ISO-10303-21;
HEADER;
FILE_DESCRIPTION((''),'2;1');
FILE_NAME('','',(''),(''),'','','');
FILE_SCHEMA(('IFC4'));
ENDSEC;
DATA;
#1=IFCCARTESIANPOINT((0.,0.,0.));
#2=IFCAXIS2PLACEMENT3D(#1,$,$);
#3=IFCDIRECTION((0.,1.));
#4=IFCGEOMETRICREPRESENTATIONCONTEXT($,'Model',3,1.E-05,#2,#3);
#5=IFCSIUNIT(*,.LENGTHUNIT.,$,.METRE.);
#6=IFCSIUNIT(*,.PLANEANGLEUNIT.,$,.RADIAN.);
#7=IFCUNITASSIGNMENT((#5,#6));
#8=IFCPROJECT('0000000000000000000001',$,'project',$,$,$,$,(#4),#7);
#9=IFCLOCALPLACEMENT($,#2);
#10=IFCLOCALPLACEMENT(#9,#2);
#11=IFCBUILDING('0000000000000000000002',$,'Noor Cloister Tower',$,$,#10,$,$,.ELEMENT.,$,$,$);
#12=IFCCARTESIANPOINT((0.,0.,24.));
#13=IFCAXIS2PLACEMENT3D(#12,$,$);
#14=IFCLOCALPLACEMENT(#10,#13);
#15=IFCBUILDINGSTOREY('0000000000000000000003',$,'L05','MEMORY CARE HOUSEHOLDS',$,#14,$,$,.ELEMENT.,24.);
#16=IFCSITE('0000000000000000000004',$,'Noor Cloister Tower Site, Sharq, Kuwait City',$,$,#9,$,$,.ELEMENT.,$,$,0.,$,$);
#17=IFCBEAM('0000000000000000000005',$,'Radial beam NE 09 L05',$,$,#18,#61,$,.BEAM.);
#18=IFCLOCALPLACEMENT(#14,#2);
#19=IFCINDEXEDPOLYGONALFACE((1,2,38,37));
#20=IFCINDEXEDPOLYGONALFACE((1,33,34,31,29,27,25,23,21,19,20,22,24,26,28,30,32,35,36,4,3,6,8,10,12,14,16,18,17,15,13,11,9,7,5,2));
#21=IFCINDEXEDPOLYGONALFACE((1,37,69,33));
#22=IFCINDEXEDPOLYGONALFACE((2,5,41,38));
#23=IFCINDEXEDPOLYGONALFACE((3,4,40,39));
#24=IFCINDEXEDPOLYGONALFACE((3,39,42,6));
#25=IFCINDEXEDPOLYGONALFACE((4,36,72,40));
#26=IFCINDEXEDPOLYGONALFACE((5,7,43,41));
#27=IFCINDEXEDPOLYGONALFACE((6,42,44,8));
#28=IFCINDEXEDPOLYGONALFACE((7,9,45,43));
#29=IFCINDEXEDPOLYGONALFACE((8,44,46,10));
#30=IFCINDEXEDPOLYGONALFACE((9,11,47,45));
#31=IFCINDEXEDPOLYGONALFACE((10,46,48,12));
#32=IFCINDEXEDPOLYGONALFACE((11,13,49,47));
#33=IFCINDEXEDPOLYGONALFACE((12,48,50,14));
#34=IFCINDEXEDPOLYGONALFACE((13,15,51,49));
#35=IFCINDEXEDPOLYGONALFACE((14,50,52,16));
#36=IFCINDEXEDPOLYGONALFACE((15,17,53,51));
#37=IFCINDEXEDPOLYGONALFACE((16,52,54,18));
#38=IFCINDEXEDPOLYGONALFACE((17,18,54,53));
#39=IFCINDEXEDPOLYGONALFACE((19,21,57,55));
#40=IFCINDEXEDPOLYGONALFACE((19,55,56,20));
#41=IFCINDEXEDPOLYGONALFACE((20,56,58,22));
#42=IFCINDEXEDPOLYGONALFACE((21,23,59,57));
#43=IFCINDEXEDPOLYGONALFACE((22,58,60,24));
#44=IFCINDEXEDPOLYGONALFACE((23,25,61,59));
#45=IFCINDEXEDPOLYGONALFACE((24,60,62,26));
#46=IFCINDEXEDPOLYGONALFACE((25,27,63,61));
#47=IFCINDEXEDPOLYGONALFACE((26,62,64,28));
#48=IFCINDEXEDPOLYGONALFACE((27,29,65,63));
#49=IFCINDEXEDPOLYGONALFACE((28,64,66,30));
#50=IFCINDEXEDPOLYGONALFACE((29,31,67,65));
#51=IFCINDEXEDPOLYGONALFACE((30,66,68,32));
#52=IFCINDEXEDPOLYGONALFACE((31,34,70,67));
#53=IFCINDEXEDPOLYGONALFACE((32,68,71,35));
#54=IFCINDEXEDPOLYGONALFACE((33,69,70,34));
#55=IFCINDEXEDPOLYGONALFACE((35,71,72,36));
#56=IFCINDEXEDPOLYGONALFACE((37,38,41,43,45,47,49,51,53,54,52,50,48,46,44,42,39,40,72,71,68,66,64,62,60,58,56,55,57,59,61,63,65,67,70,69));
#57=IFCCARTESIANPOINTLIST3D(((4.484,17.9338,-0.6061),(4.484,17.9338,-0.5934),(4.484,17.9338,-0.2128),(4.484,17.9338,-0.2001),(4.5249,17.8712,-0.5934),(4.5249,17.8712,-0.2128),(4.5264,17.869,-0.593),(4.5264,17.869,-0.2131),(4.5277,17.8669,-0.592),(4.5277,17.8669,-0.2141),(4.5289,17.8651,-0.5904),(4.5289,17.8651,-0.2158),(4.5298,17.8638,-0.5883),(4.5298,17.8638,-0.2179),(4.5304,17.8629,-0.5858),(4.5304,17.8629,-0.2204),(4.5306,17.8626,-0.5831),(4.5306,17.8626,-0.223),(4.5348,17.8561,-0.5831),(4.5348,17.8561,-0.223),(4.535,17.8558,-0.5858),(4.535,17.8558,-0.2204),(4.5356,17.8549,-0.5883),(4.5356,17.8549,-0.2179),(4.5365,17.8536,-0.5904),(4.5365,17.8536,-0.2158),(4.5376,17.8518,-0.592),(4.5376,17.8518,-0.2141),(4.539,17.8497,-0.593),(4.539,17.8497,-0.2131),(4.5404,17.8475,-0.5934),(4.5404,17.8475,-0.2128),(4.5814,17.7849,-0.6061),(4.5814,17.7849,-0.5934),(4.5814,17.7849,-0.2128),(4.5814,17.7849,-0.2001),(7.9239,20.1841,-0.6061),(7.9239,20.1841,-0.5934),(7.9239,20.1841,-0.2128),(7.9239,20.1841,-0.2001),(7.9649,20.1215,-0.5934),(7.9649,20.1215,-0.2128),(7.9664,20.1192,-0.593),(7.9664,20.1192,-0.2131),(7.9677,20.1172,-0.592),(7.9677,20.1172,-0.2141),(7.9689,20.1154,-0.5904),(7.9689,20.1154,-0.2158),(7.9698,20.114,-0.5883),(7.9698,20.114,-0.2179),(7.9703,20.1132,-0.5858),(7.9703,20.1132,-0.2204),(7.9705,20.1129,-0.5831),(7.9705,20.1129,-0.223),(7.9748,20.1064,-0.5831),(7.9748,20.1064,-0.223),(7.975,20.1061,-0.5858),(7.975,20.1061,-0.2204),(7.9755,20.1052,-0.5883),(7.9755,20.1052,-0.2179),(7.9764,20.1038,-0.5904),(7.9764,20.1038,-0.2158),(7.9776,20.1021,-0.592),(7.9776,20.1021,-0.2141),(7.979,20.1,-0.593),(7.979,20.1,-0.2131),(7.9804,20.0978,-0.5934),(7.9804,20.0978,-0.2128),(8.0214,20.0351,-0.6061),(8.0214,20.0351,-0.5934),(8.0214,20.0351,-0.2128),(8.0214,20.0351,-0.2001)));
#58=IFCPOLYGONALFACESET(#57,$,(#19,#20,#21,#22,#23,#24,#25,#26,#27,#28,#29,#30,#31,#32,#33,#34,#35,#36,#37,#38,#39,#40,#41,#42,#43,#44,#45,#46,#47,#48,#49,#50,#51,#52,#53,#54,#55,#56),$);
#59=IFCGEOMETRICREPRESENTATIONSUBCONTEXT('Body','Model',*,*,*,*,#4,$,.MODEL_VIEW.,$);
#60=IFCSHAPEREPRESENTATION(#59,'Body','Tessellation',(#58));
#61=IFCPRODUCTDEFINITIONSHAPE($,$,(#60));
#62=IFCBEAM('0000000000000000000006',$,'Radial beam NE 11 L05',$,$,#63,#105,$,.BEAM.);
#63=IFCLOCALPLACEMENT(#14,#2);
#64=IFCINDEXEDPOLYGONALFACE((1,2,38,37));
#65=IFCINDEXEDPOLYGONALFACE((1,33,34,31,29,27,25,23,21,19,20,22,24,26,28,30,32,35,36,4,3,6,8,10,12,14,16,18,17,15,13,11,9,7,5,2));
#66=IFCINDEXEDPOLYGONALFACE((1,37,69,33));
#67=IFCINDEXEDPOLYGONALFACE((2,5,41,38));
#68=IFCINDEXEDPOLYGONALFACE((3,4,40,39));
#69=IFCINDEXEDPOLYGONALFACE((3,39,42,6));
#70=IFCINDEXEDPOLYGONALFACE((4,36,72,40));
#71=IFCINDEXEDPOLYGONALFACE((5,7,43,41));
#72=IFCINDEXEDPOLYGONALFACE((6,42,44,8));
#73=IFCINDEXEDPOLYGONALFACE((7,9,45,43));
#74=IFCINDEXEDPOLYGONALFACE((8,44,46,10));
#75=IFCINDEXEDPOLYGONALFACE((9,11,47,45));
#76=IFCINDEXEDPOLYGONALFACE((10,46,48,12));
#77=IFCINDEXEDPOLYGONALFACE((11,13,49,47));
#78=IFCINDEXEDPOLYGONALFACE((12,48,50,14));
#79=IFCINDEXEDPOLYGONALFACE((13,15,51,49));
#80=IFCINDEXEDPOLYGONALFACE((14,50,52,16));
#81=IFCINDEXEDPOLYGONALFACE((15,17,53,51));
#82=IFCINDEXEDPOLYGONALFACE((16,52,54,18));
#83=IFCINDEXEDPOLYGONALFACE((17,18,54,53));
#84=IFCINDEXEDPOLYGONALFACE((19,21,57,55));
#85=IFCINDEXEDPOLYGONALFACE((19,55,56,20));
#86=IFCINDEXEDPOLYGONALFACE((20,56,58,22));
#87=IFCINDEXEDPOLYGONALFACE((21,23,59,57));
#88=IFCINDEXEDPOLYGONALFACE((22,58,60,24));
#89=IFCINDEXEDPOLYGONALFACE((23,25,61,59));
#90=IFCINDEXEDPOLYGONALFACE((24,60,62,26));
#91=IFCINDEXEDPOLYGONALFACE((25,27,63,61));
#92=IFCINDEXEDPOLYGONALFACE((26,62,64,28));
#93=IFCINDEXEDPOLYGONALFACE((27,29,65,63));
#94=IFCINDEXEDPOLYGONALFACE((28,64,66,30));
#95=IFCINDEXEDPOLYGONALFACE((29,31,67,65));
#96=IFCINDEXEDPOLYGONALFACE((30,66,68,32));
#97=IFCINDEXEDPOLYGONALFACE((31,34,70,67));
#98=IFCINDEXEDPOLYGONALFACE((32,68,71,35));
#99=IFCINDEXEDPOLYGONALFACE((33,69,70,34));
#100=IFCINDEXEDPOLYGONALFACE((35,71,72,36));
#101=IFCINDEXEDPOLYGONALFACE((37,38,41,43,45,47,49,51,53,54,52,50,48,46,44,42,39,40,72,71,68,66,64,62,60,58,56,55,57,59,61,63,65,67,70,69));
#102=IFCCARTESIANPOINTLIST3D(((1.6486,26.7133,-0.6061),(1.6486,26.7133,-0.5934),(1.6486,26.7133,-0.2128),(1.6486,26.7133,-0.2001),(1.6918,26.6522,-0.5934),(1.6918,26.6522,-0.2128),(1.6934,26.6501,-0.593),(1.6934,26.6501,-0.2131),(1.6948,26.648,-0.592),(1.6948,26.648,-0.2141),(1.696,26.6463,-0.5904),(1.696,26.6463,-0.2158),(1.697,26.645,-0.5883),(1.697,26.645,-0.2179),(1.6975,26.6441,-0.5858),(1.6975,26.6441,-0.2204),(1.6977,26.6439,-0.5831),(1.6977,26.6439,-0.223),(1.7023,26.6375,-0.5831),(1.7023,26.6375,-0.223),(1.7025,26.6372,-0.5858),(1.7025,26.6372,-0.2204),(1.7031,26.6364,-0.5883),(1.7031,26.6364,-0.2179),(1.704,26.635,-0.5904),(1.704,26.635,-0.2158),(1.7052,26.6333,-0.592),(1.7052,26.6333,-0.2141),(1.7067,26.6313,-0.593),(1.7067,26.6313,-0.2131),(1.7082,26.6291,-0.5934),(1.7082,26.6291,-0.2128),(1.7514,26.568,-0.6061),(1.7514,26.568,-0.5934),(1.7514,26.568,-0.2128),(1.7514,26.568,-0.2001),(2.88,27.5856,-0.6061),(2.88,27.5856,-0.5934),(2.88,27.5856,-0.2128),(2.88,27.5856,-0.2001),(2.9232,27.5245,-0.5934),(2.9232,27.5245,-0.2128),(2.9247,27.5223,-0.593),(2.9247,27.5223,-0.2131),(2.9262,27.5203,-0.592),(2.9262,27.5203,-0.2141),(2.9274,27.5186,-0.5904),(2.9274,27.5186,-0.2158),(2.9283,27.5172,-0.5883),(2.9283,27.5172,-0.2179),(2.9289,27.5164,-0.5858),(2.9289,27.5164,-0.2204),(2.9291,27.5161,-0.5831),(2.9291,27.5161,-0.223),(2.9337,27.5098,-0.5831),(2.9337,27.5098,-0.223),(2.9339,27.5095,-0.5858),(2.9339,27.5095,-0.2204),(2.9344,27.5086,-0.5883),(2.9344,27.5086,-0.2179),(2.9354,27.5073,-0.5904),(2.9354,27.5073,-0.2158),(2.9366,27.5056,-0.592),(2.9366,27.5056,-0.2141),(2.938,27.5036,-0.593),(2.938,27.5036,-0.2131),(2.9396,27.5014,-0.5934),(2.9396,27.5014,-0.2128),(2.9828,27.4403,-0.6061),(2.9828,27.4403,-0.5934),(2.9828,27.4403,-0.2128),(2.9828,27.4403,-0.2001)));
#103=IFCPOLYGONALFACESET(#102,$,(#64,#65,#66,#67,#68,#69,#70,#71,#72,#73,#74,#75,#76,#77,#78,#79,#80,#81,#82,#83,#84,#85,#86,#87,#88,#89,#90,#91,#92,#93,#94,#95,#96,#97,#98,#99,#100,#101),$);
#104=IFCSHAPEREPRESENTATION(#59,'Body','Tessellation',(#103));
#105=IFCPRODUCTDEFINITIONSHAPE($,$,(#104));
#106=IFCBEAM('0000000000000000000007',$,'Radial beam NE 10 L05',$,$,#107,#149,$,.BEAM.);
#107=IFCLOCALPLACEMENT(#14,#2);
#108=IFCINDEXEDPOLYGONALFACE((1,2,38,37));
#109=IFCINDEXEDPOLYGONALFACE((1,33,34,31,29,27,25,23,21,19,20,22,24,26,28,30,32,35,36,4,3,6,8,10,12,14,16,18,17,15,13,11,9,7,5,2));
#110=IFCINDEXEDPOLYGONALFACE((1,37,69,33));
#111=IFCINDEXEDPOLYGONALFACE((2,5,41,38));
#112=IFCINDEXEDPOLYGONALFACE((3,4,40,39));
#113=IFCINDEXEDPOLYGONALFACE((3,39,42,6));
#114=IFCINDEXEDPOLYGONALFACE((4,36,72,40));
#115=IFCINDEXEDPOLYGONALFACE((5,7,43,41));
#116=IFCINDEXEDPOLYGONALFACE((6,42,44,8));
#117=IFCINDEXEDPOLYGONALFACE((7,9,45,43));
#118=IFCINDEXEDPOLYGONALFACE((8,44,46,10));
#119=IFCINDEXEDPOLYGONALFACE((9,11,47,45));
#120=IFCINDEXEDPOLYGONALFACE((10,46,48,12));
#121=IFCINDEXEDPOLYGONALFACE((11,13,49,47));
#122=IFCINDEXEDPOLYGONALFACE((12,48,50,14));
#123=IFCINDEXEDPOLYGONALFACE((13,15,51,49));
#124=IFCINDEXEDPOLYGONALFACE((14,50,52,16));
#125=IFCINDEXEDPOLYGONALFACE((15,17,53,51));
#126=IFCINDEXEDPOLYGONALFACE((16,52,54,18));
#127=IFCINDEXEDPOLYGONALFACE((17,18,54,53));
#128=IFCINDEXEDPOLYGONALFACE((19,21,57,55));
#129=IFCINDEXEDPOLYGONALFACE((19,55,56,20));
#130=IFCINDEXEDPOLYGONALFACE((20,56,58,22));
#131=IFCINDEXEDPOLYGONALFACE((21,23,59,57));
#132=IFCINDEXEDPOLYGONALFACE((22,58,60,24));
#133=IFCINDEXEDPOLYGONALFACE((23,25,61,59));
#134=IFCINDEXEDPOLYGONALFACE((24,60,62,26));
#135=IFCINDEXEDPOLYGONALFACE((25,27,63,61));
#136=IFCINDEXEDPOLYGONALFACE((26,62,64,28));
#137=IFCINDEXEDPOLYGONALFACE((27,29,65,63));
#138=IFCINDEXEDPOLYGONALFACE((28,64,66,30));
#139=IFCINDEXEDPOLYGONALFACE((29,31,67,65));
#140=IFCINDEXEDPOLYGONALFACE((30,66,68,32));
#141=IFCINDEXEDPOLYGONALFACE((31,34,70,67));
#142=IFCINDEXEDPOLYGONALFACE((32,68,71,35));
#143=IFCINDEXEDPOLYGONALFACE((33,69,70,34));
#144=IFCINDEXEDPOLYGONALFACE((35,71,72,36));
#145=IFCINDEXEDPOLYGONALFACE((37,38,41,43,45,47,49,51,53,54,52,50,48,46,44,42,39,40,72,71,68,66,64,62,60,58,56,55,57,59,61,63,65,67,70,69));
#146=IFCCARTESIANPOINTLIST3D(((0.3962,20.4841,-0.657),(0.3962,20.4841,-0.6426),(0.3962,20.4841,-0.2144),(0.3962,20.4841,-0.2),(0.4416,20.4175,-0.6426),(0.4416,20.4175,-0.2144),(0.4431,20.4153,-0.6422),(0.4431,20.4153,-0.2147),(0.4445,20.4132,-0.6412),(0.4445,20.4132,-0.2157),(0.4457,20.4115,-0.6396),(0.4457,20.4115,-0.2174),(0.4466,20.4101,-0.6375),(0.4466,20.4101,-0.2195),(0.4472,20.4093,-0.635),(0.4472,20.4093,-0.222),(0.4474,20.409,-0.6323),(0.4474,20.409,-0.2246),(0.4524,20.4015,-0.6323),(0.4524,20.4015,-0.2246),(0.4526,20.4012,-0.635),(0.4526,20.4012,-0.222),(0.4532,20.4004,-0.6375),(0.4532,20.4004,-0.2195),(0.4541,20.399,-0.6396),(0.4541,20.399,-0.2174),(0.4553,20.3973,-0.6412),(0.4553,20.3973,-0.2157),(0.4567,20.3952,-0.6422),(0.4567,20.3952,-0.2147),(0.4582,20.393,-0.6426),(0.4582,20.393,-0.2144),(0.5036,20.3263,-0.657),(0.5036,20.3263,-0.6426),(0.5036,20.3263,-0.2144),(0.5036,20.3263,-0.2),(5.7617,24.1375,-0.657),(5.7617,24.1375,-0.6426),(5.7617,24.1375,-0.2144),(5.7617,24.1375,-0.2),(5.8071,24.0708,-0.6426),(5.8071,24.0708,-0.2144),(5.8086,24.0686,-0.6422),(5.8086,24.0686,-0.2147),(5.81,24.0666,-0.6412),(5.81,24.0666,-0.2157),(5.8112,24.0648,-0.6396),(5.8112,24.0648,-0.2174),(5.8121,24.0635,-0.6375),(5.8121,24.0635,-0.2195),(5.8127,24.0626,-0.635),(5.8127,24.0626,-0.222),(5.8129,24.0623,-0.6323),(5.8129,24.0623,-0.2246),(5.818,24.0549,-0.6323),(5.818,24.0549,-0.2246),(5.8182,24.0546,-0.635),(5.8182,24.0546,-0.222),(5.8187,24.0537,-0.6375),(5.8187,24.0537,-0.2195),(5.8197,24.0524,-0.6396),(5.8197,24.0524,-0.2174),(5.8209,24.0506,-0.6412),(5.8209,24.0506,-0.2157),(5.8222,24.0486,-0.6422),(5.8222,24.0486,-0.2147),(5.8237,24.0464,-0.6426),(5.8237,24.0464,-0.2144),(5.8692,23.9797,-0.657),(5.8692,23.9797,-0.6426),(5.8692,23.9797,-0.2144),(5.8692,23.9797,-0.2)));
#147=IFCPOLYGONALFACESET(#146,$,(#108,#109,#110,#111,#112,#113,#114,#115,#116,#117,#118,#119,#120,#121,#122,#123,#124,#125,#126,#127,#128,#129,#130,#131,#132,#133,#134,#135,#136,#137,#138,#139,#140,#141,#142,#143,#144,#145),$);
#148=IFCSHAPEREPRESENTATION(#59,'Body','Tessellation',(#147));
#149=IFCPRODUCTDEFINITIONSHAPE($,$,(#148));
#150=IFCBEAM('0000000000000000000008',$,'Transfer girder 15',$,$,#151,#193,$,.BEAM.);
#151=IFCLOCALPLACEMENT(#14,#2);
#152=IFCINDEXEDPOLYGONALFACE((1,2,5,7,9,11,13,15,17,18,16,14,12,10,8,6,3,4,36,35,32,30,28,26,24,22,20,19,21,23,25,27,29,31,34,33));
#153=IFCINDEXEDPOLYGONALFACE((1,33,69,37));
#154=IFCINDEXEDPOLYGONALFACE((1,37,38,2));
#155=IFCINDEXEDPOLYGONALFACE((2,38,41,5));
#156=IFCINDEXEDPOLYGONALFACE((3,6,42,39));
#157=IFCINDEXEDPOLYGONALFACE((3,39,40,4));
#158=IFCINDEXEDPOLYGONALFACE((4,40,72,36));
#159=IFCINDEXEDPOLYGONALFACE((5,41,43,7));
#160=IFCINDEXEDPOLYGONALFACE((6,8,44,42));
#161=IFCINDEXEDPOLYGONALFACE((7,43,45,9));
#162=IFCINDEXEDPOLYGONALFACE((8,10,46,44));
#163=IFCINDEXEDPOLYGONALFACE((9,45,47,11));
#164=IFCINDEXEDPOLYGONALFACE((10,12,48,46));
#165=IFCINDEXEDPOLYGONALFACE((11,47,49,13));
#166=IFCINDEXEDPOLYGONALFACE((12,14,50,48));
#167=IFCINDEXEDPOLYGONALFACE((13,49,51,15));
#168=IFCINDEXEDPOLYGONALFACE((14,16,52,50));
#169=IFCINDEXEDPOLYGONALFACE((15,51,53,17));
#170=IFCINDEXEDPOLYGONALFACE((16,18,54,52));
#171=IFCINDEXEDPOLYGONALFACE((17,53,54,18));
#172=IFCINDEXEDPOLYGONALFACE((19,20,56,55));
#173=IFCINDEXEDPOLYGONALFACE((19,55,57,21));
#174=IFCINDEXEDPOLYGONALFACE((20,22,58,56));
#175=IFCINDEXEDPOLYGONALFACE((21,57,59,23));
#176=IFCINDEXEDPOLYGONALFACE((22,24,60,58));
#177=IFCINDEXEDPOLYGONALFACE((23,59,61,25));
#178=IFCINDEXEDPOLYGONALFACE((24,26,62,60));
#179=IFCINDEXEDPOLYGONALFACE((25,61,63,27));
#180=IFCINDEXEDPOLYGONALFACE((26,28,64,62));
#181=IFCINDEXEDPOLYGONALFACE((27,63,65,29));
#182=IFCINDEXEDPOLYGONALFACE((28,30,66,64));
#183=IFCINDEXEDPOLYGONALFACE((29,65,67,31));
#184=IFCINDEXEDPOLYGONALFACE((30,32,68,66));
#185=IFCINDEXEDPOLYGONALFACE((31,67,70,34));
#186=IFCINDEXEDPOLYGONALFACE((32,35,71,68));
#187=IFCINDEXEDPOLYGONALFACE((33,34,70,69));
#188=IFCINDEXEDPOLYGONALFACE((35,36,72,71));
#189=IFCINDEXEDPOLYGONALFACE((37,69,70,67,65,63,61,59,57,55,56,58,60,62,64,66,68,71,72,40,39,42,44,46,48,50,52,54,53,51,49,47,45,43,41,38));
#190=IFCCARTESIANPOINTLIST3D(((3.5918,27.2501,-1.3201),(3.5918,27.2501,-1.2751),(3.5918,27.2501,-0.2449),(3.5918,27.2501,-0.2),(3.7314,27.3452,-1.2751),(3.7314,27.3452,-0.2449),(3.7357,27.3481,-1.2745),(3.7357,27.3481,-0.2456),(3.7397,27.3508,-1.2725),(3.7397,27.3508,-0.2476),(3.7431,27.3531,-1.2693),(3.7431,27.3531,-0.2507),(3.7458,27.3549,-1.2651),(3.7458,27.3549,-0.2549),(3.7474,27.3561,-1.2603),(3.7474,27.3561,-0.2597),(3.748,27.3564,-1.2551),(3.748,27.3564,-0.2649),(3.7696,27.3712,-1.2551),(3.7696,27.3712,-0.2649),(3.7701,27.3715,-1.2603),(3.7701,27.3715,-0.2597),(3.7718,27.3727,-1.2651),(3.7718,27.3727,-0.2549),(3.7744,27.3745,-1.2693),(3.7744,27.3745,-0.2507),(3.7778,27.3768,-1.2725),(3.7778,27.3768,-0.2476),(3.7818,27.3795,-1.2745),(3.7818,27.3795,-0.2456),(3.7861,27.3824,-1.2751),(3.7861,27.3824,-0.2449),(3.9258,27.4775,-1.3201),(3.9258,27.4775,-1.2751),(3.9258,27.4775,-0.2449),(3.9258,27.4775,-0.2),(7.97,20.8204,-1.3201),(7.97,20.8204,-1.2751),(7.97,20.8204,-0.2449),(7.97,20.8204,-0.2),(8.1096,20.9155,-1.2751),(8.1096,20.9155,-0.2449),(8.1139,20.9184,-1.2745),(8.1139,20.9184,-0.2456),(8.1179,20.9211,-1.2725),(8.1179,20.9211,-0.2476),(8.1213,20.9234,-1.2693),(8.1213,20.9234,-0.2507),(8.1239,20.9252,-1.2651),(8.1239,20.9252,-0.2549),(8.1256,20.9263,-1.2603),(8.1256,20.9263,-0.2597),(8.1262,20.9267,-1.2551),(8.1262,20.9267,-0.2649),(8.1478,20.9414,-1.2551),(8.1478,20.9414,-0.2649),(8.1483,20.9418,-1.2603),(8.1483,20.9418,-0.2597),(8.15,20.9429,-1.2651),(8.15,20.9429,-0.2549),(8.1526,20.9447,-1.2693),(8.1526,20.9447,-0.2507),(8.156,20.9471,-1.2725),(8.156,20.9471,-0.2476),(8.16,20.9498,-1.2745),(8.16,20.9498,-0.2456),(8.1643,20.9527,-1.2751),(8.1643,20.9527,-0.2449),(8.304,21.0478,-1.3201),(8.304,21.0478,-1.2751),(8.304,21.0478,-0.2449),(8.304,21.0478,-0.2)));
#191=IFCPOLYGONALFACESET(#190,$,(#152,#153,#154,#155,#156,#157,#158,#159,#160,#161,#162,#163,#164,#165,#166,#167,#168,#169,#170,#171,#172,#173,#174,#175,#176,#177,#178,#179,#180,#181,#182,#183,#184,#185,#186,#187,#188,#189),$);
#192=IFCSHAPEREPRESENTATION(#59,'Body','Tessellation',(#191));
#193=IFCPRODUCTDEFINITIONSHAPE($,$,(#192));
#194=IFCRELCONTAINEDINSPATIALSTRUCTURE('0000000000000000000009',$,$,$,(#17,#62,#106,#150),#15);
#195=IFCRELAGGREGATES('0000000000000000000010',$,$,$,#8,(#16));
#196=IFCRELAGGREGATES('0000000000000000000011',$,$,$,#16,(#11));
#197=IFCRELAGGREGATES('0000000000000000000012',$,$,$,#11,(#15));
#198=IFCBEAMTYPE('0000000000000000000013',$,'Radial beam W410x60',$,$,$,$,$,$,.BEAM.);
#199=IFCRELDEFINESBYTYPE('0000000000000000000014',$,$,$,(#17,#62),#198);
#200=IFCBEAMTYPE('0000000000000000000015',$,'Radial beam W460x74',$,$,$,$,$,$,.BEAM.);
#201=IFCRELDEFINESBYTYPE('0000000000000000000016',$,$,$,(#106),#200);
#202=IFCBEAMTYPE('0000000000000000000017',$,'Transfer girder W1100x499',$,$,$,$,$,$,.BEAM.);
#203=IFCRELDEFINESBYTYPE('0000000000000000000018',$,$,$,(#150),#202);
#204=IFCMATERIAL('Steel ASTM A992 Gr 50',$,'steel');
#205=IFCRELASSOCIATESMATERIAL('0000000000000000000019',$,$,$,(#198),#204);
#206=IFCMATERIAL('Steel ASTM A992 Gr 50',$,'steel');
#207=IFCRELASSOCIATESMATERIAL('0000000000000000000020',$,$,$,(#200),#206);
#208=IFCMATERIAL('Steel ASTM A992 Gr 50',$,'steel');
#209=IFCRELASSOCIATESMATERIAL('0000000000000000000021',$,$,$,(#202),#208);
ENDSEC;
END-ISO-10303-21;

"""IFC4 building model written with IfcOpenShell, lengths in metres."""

from ifc_helpers import new_model, si_unit, direction, frame, origin, origin_2d, place, context, subcontext, project, spatial, i_section, extrude, material, material_profile, profile_set, type_object, element, save


model = new_model("IFC4")

# Units and contexts
model_context = context("Model", 3, precision=1e-05, world=origin(), true_north=direction((0.0, 1.0)))
body_context = subcontext(model_context, "Body", "Model", "MODEL_VIEW")
ifc_project = project(units=[si_unit("LENGTHUNIT", "METRE"), si_unit("PLANEANGLEUNIT", "RADIAN")], contexts=[model_context])

# Site, building, storey
site_placement = place(None, origin())
site = spatial("IfcSite", under=ifc_project, at=site_placement, Name="Noor Cloister Tower Site, Sharq, Kuwait City", CompositionType="ELEMENT", RefElevation=0.0)
building_placement = place(site_placement, origin())
building = spatial("IfcBuilding", under=site, at=building_placement, Name="Noor Cloister Tower", CompositionType="ELEMENT")
storey_placement = place(building_placement, frame((0.0, 0.0, 24.0)))
storey = spatial("IfcBuildingStorey", under=building, at=storey_placement, Name="L05", Description="MEMORY CARE HOUSEHOLDS", CompositionType="ELEMENT", Elevation=24.0)

# Beams
ifc_material_1 = material(Name="Steel ASTM A992 Gr 50", Category="steel")
ifc_material_profile_1 = material_profile(ifc_material_1, i_section(OverallWidth=0.178, OverallDepth=0.406, WebThickness=0.0078, FlangeThickness=0.0127, FilletRadius=0.0103, at=origin_2d()), Name="W410x60")
ifc_profile_set_1 = profile_set([ifc_material_profile_1], Name="Steel ASTM A992 Gr 50")
beam_type_1 = type_object("IfcBeamType", Name="Radial beam W410x60", PredefinedType="BEAM", material=ifc_profile_set_1)
beam_1_placement = place(storey_placement, frame((7.9727, 20.1096, -0.4031), z_axis=(-0.836852, -0.547429, 0.0), x_axis=(0.547429, -0.836852, 0.0)))
element("IfcBeam", 1, at=beam_1_placement, inside=storey, type_object=beam_type_1, Name="Radial beam NE 09 L05", PredefinedType="BEAM", context=body_context, shape_type="SweptSolid", body=[
    extrude(i_section(OverallWidth=0.178, OverallDepth=0.406, WebThickness=0.0078, FlangeThickness=0.0127, FilletRadius=0.0103, at=origin_2d()), origin(), (0.0, 0.0, 1.0), 4.1106),
])
beam_2_placement = place(storey_placement, frame((2.9314, 27.5129, -0.4031), z_axis=(-0.816012, -0.578035, 0.0), x_axis=(0.578035, -0.816012, 0.0)))
element("IfcBeam", 2, at=beam_2_placement, inside=storey, type_object=beam_type_1, Name="Radial beam NE 11 L05", PredefinedType="BEAM", context=body_context, shape_type="SweptSolid", body=[
    extrude(i_section(OverallWidth=0.178, OverallDepth=0.406, WebThickness=0.0078, FlangeThickness=0.0127, FilletRadius=0.0103, at=origin_2d()), origin(), (0.0, 0.0, 1.0), 1.509),
])
ifc_material_2 = material(Name="Steel ASTM A992 Gr 50", Category="steel")
ifc_material_profile_2 = material_profile(ifc_material_2, i_section(OverallWidth=0.1909, OverallDepth=0.457, WebThickness=0.009, FlangeThickness=0.0144, FilletRadius=0.0103, at=origin_2d()), Name="W460x74")
ifc_profile_set_2 = profile_set([ifc_material_profile_2], Name="Steel ASTM A992 Gr 50")
beam_type_2 = type_object("IfcBeamType", Name="Radial beam W460x74", PredefinedType="BEAM", material=ifc_profile_set_2)
beam_3_placement = place(storey_placement, frame((5.8154, 24.0586, -0.4285), z_axis=(-0.826583, -0.562815, 0.0), x_axis=(0.562815, -0.826583, 0.0)))
element("IfcBeam", 3, at=beam_3_placement, inside=storey, type_object=beam_type_2, Name="Radial beam NE 10 L05", PredefinedType="BEAM", context=body_context, shape_type="SweptSolid", body=[
    extrude(i_section(OverallWidth=0.1909, OverallDepth=0.457, WebThickness=0.009, FlangeThickness=0.0144, FilletRadius=0.0103, at=origin_2d()), origin(), (0.0, 0.0, 1.0), 6.4912),
])
ifc_material_3 = material(Name="Steel ASTM A992 Gr 50", Category="steel")
ifc_material_profile_3 = material_profile(ifc_material_3, i_section(OverallWidth=0.4041, OverallDepth=1.1201, WebThickness=0.0261, FlangeThickness=0.0449, FilletRadius=0.02, at=origin_2d()), Name="W1100x499")
ifc_profile_set_3 = profile_set([ifc_material_profile_3], Name="Steel ASTM A992 Gr 50")
beam_type_3 = type_object("IfcBeamType", Name="Transfer girder W1100x499", PredefinedType="BEAM", material=ifc_profile_set_3)
beam_4_placement = place(storey_placement, frame((8.137, 20.9341, -0.76), z_axis=(-0.562836, 0.826568, 0.0), x_axis=(-0.826568, -0.562836, 0.0)))
element("IfcBeam", 4, at=beam_4_placement, inside=storey, type_object=beam_type_3, Name="Transfer girder 15", PredefinedType="BEAM", context=body_context, shape_type="SweptSolid", body=[
    extrude(i_section(OverallWidth=0.4041, OverallDepth=1.1201, WebThickness=0.0261, FlangeThickness=0.0449, FilletRadius=0.02, at=origin_2d()), origin(), (0.0, 0.0, 1.0), 7.7788),
])

save(model, "model.ifc")
